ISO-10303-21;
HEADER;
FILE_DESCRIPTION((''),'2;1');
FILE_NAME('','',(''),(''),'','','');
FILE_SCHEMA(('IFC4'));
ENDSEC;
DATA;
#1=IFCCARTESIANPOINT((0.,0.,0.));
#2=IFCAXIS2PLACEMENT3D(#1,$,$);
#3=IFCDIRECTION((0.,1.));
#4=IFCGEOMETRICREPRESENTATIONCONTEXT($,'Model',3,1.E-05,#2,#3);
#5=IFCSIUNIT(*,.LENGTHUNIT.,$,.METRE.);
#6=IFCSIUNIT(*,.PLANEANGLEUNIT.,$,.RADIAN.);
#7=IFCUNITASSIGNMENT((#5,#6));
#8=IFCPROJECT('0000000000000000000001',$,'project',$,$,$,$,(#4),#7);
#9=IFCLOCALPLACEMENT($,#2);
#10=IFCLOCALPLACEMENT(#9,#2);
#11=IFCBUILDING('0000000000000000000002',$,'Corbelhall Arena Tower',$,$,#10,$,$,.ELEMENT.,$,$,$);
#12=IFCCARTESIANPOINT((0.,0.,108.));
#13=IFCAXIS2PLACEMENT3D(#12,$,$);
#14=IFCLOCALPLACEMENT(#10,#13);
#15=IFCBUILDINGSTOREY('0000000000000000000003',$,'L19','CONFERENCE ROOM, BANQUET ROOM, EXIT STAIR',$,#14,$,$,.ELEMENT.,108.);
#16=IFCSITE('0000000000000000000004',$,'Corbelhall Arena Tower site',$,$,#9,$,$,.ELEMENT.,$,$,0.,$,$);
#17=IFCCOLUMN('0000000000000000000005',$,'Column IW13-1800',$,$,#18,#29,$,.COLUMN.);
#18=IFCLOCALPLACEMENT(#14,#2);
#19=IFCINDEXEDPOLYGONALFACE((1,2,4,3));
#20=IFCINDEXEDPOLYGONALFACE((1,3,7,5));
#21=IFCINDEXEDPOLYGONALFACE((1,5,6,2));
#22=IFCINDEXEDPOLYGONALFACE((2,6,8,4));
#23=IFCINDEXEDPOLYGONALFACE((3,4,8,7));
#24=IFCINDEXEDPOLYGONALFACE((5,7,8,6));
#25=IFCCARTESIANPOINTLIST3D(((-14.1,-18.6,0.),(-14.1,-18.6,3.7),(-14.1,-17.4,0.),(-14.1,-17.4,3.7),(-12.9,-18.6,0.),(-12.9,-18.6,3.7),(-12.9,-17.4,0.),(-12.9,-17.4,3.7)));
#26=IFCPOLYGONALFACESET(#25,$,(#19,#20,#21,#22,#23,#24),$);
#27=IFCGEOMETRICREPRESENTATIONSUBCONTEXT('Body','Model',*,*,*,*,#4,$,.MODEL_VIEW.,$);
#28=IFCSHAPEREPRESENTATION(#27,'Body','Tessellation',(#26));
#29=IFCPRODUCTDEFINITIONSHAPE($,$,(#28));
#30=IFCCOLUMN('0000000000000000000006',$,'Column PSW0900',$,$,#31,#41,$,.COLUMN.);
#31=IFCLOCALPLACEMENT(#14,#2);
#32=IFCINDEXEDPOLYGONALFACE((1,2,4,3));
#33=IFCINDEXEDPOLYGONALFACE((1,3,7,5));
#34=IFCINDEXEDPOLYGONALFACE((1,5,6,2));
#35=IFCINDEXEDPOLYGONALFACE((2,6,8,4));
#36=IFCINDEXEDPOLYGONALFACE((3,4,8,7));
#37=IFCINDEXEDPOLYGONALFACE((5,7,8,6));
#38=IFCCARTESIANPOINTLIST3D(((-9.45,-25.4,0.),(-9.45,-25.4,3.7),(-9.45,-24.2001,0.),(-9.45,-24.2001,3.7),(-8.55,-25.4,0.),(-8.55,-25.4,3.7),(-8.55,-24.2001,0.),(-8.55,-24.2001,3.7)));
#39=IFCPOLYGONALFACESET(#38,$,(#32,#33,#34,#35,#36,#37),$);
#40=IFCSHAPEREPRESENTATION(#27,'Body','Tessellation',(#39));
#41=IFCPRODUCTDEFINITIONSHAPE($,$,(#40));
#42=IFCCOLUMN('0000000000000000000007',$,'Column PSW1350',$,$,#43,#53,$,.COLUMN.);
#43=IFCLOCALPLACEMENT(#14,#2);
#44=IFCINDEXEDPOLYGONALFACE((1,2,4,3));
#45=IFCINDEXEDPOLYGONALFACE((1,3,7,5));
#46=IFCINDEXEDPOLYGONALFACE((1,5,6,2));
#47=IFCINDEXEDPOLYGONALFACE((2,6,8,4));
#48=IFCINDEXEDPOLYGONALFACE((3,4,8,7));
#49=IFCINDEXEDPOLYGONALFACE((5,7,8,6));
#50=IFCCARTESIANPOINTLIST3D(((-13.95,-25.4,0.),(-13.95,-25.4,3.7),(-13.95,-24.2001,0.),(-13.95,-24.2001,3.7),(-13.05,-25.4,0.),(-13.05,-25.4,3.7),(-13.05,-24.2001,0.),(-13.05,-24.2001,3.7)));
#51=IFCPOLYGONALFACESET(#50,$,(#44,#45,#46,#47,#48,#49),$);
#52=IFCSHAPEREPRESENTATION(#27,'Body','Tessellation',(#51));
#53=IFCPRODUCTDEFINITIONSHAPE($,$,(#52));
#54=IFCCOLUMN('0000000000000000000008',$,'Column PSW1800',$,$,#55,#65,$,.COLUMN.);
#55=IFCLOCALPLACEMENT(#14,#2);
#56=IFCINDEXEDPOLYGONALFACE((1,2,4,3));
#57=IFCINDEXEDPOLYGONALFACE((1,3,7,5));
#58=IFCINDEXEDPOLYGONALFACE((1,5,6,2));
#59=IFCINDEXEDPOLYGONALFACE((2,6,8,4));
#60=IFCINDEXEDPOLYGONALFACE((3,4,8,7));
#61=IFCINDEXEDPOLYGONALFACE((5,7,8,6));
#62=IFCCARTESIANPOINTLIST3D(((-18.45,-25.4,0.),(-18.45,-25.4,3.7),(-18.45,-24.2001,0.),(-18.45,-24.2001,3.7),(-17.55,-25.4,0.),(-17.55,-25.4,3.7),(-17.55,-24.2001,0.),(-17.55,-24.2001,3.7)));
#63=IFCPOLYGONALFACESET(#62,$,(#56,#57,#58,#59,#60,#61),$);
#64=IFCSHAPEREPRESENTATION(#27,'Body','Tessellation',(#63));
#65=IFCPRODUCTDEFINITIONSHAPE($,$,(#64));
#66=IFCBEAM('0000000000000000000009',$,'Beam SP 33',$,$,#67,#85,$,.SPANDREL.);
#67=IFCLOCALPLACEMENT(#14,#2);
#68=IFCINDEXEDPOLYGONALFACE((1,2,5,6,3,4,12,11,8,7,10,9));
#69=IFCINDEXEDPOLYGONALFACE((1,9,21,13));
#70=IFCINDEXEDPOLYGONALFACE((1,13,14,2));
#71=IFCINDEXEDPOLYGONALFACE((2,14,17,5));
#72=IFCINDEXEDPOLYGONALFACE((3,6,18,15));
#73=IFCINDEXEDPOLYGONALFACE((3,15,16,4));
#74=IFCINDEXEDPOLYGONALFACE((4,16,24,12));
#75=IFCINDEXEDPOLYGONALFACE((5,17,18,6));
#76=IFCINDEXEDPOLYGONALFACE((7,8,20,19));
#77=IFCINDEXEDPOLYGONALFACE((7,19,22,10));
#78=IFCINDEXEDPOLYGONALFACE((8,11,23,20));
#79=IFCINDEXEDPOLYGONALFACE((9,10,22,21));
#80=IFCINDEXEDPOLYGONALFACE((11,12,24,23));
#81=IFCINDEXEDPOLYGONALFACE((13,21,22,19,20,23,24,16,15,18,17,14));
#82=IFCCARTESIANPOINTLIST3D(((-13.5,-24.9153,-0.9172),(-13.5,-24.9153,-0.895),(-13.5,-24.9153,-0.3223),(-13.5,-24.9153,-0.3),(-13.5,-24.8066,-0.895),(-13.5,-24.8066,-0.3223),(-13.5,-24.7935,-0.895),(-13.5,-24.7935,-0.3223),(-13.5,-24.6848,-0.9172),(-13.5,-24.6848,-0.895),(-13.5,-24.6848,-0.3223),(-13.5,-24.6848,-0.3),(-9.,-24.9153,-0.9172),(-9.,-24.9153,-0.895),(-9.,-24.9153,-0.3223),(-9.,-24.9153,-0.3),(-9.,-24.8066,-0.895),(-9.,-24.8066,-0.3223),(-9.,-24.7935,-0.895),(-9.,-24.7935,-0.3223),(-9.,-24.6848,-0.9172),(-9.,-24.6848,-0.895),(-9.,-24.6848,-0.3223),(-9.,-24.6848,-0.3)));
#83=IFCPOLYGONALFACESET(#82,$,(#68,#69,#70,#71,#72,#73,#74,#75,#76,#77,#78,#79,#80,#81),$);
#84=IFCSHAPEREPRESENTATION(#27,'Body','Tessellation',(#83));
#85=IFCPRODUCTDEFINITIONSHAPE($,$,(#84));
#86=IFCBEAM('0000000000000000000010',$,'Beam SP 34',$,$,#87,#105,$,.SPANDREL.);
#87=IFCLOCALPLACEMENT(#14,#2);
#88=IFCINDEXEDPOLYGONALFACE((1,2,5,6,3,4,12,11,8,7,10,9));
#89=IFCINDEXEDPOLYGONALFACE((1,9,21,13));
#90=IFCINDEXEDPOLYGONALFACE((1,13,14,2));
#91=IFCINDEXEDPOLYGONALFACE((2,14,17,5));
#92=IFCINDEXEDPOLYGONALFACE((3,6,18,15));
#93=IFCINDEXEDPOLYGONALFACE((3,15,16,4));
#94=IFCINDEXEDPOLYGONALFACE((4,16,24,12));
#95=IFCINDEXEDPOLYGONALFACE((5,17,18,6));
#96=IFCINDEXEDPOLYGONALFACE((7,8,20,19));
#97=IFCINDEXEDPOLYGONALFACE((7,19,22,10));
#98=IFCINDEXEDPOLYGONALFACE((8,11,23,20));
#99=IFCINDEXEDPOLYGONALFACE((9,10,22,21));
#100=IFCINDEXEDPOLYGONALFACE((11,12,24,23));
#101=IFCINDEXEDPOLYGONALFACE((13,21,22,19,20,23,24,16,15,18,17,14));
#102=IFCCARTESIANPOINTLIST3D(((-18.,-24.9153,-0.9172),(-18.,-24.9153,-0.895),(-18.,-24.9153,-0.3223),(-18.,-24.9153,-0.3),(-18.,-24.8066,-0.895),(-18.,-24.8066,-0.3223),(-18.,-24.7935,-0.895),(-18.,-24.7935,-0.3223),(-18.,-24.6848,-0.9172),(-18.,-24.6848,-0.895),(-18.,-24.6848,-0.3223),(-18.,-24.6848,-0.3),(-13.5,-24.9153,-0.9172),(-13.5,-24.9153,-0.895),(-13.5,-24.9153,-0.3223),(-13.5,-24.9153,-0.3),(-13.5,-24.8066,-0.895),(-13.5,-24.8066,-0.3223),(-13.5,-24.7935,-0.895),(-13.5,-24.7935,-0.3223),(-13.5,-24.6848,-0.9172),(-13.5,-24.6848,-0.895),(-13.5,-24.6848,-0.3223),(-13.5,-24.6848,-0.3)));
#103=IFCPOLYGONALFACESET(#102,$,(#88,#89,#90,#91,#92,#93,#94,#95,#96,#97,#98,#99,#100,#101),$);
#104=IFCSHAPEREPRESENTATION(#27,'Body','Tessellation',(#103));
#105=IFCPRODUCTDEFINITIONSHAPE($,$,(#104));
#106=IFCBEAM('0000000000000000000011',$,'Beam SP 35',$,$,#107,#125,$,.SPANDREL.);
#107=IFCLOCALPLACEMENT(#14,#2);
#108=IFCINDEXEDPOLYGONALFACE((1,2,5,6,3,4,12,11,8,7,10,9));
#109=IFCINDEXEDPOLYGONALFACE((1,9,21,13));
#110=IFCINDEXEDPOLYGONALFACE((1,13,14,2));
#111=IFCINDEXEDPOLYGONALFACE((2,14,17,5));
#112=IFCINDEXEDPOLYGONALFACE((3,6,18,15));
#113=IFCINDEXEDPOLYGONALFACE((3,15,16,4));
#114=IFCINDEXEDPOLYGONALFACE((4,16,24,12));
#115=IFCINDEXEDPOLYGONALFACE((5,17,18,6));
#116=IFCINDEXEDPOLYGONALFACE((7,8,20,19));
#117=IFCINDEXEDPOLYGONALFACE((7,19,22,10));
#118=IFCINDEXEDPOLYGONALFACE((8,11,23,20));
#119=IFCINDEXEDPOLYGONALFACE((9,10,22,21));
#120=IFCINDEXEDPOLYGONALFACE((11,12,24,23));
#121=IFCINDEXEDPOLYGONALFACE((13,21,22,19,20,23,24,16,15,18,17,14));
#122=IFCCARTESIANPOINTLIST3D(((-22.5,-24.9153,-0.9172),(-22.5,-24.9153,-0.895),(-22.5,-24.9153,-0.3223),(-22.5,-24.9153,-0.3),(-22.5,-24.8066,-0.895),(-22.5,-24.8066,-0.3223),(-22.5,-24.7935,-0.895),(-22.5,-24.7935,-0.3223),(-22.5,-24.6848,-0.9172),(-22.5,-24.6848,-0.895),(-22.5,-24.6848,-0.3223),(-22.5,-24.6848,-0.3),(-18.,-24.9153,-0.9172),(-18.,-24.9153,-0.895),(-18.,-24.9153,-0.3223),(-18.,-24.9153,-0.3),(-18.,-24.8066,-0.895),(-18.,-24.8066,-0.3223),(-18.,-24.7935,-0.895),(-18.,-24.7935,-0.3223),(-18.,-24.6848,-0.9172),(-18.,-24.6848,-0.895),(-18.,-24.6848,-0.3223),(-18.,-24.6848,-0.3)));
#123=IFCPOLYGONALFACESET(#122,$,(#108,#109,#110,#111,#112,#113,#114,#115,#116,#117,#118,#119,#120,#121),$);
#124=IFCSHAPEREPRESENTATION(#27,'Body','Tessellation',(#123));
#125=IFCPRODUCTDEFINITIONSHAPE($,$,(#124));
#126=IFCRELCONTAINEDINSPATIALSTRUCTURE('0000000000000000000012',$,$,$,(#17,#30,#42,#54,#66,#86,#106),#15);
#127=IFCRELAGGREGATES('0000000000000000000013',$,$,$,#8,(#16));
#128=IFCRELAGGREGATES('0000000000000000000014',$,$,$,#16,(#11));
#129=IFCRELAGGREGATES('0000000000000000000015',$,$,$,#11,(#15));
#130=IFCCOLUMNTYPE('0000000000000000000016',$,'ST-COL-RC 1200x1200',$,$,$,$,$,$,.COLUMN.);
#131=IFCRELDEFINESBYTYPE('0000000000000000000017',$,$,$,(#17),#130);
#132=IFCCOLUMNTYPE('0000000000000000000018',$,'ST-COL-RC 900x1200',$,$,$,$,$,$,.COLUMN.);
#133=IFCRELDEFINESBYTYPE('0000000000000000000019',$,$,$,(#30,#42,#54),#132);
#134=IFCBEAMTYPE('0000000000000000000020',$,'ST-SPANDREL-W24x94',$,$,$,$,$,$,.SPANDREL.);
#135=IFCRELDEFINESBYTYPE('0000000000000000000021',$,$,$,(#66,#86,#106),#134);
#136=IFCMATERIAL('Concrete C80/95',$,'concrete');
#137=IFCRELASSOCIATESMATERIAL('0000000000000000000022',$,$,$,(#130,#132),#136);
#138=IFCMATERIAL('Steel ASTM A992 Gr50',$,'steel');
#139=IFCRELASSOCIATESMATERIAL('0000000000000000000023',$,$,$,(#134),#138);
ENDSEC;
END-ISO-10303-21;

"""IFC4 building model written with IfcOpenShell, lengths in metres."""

from ifc_helpers import new_model, si_unit, direction, frame, origin, origin_2d, place, context, subcontext, project, spatial, rectangle, i_section, extrude, material, material_profile, profile_set, type_object, element, save


model = new_model("IFC4")

# Units and contexts
model_context = context("Model", 3, precision=1e-05, world=origin(), true_north=direction((0.0, 1.0)))
body_context = subcontext(model_context, "Body", "Model", "MODEL_VIEW")
ifc_project = project(units=[si_unit("LENGTHUNIT", "METRE"), si_unit("PLANEANGLEUNIT", "RADIAN")], contexts=[model_context])

# Site, building, storey
site_placement = place(None, origin())
site = spatial("IfcSite", under=ifc_project, at=site_placement, Name="Corbelhall Arena Tower site", CompositionType="ELEMENT", RefElevation=0.0)
building_placement = place(site_placement, origin())
building = spatial("IfcBuilding", under=site, at=building_placement, Name="Corbelhall Arena Tower", CompositionType="ELEMENT")
storey_placement = place(building_placement, frame((0.0, 0.0, 108.0)))
storey = spatial("IfcBuildingStorey", under=building, at=storey_placement, Name="L19", Description="CONFERENCE ROOM, BANQUET ROOM, EXIT STAIR", CompositionType="ELEMENT", Elevation=108.0)

# Columns
ifc_material_1 = material(Name="Concrete C80/95", Category="concrete")
ifc_material_profile_1 = material_profile(ifc_material_1, rectangle(XDim=1.2, YDim=1.2, at=origin_2d()))
ifc_profile_set_1 = profile_set([ifc_material_profile_1], Name="Concrete C80/95")
column_type_1 = type_object("IfcColumnType", Name="ST-COL-RC 1200x1200", PredefinedType="COLUMN", material=ifc_profile_set_1)
column_placement = place(storey_placement, frame((-13.5, -18.0, 0.0), z_axis=(0.0, 0.0, 1.0), x_axis=(1.0, 0.0, 0.0)))
element("IfcColumn", 1, at=column_placement, inside=storey, type_object=column_type_1, Name="Column IW13-1800", PredefinedType="COLUMN", context=body_context, shape_type="SweptSolid", body=[
    extrude(rectangle(XDim=1.2, YDim=1.2, at=origin_2d()), origin(), (0.0, 0.0, 1.0), 3.7),
])
ifc_material_profile_2 = material_profile(ifc_material_1, rectangle(XDim=0.8999, YDim=1.2, at=origin_2d()))
ifc_profile_set_2 = profile_set([ifc_material_profile_2], Name="Concrete C80/95")
column_type_2 = type_object("IfcColumnType", Name="ST-COL-RC 900x1200", PredefinedType="COLUMN", material=ifc_profile_set_2)
for number, where, z_axis, x_axis, name in (
    (2, (-9.0, -24.8, 0.0), (0.0, 0.0, 1.0), (1.0, 0.0, 0.0), "Column PSW0900"),
    (3, (-13.5, -24.8, 0.0), (0.0, 0.0, 1.0), (1.0, 0.0, 0.0), "Column PSW1350"),
    (4, (-18.0, -24.8, 0.0), (0.0, 0.0, 1.0), (1.0, 0.0, 0.0), "Column PSW1800"),
):
    element("IfcColumn", number, at=place(storey_placement, frame(where, z_axis=z_axis, x_axis=x_axis)), inside=storey, type_object=column_type_2, Name=name, PredefinedType="COLUMN", context=body_context, shape_type="SweptSolid", body=[
        extrude(rectangle(XDim=0.8999, YDim=1.2, at=origin_2d()), origin(), (0.0, 0.0, 1.0), 3.7),
    ])

# Beams
ifc_material_2 = material(Name="Steel ASTM A992 Gr50", Category="steel")
ifc_material_profile_3 = material_profile(ifc_material_2, i_section(OverallWidth=0.2305, OverallDepth=0.6172, WebThickness=0.0132, FlangeThickness=0.0222, at=origin_2d()))
ifc_profile_set_3 = profile_set([ifc_material_profile_3], Name="Steel ASTM A992 Gr50")
beam_type = type_object("IfcBeamType", Name="ST-SPANDREL-W24x94", PredefinedType="SPANDREL", material=ifc_profile_set_3)
for number, where, z_axis, x_axis, name in (
    (5, (-9.0, -24.8, -0.6086), (-1.0, 0.0, 0.0), (0.0, -1.0, 0.0), "Beam SP 33"),
    (6, (-13.5, -24.8, -0.6086), (-1.0, 0.0, 0.0), (0.0, -1.0, 0.0), "Beam SP 34"),
    (7, (-18.0, -24.8, -0.6086), (-1.0, 0.0, 0.0), (0.0, -1.0, 0.0), "Beam SP 35"),
):
    element("IfcBeam", number, at=place(storey_placement, frame(where, z_axis=z_axis, x_axis=x_axis)), inside=storey, type_object=beam_type, Name=name, PredefinedType="SPANDREL", context=body_context, shape_type="SweptSolid", body=[
        extrude(i_section(OverallWidth=0.2305, OverallDepth=0.6172, WebThickness=0.0132, FlangeThickness=0.0222, at=origin_2d()), origin(), (0.0, 0.0, 1.0), 4.5),
    ])

save(model, "model.ifc")
